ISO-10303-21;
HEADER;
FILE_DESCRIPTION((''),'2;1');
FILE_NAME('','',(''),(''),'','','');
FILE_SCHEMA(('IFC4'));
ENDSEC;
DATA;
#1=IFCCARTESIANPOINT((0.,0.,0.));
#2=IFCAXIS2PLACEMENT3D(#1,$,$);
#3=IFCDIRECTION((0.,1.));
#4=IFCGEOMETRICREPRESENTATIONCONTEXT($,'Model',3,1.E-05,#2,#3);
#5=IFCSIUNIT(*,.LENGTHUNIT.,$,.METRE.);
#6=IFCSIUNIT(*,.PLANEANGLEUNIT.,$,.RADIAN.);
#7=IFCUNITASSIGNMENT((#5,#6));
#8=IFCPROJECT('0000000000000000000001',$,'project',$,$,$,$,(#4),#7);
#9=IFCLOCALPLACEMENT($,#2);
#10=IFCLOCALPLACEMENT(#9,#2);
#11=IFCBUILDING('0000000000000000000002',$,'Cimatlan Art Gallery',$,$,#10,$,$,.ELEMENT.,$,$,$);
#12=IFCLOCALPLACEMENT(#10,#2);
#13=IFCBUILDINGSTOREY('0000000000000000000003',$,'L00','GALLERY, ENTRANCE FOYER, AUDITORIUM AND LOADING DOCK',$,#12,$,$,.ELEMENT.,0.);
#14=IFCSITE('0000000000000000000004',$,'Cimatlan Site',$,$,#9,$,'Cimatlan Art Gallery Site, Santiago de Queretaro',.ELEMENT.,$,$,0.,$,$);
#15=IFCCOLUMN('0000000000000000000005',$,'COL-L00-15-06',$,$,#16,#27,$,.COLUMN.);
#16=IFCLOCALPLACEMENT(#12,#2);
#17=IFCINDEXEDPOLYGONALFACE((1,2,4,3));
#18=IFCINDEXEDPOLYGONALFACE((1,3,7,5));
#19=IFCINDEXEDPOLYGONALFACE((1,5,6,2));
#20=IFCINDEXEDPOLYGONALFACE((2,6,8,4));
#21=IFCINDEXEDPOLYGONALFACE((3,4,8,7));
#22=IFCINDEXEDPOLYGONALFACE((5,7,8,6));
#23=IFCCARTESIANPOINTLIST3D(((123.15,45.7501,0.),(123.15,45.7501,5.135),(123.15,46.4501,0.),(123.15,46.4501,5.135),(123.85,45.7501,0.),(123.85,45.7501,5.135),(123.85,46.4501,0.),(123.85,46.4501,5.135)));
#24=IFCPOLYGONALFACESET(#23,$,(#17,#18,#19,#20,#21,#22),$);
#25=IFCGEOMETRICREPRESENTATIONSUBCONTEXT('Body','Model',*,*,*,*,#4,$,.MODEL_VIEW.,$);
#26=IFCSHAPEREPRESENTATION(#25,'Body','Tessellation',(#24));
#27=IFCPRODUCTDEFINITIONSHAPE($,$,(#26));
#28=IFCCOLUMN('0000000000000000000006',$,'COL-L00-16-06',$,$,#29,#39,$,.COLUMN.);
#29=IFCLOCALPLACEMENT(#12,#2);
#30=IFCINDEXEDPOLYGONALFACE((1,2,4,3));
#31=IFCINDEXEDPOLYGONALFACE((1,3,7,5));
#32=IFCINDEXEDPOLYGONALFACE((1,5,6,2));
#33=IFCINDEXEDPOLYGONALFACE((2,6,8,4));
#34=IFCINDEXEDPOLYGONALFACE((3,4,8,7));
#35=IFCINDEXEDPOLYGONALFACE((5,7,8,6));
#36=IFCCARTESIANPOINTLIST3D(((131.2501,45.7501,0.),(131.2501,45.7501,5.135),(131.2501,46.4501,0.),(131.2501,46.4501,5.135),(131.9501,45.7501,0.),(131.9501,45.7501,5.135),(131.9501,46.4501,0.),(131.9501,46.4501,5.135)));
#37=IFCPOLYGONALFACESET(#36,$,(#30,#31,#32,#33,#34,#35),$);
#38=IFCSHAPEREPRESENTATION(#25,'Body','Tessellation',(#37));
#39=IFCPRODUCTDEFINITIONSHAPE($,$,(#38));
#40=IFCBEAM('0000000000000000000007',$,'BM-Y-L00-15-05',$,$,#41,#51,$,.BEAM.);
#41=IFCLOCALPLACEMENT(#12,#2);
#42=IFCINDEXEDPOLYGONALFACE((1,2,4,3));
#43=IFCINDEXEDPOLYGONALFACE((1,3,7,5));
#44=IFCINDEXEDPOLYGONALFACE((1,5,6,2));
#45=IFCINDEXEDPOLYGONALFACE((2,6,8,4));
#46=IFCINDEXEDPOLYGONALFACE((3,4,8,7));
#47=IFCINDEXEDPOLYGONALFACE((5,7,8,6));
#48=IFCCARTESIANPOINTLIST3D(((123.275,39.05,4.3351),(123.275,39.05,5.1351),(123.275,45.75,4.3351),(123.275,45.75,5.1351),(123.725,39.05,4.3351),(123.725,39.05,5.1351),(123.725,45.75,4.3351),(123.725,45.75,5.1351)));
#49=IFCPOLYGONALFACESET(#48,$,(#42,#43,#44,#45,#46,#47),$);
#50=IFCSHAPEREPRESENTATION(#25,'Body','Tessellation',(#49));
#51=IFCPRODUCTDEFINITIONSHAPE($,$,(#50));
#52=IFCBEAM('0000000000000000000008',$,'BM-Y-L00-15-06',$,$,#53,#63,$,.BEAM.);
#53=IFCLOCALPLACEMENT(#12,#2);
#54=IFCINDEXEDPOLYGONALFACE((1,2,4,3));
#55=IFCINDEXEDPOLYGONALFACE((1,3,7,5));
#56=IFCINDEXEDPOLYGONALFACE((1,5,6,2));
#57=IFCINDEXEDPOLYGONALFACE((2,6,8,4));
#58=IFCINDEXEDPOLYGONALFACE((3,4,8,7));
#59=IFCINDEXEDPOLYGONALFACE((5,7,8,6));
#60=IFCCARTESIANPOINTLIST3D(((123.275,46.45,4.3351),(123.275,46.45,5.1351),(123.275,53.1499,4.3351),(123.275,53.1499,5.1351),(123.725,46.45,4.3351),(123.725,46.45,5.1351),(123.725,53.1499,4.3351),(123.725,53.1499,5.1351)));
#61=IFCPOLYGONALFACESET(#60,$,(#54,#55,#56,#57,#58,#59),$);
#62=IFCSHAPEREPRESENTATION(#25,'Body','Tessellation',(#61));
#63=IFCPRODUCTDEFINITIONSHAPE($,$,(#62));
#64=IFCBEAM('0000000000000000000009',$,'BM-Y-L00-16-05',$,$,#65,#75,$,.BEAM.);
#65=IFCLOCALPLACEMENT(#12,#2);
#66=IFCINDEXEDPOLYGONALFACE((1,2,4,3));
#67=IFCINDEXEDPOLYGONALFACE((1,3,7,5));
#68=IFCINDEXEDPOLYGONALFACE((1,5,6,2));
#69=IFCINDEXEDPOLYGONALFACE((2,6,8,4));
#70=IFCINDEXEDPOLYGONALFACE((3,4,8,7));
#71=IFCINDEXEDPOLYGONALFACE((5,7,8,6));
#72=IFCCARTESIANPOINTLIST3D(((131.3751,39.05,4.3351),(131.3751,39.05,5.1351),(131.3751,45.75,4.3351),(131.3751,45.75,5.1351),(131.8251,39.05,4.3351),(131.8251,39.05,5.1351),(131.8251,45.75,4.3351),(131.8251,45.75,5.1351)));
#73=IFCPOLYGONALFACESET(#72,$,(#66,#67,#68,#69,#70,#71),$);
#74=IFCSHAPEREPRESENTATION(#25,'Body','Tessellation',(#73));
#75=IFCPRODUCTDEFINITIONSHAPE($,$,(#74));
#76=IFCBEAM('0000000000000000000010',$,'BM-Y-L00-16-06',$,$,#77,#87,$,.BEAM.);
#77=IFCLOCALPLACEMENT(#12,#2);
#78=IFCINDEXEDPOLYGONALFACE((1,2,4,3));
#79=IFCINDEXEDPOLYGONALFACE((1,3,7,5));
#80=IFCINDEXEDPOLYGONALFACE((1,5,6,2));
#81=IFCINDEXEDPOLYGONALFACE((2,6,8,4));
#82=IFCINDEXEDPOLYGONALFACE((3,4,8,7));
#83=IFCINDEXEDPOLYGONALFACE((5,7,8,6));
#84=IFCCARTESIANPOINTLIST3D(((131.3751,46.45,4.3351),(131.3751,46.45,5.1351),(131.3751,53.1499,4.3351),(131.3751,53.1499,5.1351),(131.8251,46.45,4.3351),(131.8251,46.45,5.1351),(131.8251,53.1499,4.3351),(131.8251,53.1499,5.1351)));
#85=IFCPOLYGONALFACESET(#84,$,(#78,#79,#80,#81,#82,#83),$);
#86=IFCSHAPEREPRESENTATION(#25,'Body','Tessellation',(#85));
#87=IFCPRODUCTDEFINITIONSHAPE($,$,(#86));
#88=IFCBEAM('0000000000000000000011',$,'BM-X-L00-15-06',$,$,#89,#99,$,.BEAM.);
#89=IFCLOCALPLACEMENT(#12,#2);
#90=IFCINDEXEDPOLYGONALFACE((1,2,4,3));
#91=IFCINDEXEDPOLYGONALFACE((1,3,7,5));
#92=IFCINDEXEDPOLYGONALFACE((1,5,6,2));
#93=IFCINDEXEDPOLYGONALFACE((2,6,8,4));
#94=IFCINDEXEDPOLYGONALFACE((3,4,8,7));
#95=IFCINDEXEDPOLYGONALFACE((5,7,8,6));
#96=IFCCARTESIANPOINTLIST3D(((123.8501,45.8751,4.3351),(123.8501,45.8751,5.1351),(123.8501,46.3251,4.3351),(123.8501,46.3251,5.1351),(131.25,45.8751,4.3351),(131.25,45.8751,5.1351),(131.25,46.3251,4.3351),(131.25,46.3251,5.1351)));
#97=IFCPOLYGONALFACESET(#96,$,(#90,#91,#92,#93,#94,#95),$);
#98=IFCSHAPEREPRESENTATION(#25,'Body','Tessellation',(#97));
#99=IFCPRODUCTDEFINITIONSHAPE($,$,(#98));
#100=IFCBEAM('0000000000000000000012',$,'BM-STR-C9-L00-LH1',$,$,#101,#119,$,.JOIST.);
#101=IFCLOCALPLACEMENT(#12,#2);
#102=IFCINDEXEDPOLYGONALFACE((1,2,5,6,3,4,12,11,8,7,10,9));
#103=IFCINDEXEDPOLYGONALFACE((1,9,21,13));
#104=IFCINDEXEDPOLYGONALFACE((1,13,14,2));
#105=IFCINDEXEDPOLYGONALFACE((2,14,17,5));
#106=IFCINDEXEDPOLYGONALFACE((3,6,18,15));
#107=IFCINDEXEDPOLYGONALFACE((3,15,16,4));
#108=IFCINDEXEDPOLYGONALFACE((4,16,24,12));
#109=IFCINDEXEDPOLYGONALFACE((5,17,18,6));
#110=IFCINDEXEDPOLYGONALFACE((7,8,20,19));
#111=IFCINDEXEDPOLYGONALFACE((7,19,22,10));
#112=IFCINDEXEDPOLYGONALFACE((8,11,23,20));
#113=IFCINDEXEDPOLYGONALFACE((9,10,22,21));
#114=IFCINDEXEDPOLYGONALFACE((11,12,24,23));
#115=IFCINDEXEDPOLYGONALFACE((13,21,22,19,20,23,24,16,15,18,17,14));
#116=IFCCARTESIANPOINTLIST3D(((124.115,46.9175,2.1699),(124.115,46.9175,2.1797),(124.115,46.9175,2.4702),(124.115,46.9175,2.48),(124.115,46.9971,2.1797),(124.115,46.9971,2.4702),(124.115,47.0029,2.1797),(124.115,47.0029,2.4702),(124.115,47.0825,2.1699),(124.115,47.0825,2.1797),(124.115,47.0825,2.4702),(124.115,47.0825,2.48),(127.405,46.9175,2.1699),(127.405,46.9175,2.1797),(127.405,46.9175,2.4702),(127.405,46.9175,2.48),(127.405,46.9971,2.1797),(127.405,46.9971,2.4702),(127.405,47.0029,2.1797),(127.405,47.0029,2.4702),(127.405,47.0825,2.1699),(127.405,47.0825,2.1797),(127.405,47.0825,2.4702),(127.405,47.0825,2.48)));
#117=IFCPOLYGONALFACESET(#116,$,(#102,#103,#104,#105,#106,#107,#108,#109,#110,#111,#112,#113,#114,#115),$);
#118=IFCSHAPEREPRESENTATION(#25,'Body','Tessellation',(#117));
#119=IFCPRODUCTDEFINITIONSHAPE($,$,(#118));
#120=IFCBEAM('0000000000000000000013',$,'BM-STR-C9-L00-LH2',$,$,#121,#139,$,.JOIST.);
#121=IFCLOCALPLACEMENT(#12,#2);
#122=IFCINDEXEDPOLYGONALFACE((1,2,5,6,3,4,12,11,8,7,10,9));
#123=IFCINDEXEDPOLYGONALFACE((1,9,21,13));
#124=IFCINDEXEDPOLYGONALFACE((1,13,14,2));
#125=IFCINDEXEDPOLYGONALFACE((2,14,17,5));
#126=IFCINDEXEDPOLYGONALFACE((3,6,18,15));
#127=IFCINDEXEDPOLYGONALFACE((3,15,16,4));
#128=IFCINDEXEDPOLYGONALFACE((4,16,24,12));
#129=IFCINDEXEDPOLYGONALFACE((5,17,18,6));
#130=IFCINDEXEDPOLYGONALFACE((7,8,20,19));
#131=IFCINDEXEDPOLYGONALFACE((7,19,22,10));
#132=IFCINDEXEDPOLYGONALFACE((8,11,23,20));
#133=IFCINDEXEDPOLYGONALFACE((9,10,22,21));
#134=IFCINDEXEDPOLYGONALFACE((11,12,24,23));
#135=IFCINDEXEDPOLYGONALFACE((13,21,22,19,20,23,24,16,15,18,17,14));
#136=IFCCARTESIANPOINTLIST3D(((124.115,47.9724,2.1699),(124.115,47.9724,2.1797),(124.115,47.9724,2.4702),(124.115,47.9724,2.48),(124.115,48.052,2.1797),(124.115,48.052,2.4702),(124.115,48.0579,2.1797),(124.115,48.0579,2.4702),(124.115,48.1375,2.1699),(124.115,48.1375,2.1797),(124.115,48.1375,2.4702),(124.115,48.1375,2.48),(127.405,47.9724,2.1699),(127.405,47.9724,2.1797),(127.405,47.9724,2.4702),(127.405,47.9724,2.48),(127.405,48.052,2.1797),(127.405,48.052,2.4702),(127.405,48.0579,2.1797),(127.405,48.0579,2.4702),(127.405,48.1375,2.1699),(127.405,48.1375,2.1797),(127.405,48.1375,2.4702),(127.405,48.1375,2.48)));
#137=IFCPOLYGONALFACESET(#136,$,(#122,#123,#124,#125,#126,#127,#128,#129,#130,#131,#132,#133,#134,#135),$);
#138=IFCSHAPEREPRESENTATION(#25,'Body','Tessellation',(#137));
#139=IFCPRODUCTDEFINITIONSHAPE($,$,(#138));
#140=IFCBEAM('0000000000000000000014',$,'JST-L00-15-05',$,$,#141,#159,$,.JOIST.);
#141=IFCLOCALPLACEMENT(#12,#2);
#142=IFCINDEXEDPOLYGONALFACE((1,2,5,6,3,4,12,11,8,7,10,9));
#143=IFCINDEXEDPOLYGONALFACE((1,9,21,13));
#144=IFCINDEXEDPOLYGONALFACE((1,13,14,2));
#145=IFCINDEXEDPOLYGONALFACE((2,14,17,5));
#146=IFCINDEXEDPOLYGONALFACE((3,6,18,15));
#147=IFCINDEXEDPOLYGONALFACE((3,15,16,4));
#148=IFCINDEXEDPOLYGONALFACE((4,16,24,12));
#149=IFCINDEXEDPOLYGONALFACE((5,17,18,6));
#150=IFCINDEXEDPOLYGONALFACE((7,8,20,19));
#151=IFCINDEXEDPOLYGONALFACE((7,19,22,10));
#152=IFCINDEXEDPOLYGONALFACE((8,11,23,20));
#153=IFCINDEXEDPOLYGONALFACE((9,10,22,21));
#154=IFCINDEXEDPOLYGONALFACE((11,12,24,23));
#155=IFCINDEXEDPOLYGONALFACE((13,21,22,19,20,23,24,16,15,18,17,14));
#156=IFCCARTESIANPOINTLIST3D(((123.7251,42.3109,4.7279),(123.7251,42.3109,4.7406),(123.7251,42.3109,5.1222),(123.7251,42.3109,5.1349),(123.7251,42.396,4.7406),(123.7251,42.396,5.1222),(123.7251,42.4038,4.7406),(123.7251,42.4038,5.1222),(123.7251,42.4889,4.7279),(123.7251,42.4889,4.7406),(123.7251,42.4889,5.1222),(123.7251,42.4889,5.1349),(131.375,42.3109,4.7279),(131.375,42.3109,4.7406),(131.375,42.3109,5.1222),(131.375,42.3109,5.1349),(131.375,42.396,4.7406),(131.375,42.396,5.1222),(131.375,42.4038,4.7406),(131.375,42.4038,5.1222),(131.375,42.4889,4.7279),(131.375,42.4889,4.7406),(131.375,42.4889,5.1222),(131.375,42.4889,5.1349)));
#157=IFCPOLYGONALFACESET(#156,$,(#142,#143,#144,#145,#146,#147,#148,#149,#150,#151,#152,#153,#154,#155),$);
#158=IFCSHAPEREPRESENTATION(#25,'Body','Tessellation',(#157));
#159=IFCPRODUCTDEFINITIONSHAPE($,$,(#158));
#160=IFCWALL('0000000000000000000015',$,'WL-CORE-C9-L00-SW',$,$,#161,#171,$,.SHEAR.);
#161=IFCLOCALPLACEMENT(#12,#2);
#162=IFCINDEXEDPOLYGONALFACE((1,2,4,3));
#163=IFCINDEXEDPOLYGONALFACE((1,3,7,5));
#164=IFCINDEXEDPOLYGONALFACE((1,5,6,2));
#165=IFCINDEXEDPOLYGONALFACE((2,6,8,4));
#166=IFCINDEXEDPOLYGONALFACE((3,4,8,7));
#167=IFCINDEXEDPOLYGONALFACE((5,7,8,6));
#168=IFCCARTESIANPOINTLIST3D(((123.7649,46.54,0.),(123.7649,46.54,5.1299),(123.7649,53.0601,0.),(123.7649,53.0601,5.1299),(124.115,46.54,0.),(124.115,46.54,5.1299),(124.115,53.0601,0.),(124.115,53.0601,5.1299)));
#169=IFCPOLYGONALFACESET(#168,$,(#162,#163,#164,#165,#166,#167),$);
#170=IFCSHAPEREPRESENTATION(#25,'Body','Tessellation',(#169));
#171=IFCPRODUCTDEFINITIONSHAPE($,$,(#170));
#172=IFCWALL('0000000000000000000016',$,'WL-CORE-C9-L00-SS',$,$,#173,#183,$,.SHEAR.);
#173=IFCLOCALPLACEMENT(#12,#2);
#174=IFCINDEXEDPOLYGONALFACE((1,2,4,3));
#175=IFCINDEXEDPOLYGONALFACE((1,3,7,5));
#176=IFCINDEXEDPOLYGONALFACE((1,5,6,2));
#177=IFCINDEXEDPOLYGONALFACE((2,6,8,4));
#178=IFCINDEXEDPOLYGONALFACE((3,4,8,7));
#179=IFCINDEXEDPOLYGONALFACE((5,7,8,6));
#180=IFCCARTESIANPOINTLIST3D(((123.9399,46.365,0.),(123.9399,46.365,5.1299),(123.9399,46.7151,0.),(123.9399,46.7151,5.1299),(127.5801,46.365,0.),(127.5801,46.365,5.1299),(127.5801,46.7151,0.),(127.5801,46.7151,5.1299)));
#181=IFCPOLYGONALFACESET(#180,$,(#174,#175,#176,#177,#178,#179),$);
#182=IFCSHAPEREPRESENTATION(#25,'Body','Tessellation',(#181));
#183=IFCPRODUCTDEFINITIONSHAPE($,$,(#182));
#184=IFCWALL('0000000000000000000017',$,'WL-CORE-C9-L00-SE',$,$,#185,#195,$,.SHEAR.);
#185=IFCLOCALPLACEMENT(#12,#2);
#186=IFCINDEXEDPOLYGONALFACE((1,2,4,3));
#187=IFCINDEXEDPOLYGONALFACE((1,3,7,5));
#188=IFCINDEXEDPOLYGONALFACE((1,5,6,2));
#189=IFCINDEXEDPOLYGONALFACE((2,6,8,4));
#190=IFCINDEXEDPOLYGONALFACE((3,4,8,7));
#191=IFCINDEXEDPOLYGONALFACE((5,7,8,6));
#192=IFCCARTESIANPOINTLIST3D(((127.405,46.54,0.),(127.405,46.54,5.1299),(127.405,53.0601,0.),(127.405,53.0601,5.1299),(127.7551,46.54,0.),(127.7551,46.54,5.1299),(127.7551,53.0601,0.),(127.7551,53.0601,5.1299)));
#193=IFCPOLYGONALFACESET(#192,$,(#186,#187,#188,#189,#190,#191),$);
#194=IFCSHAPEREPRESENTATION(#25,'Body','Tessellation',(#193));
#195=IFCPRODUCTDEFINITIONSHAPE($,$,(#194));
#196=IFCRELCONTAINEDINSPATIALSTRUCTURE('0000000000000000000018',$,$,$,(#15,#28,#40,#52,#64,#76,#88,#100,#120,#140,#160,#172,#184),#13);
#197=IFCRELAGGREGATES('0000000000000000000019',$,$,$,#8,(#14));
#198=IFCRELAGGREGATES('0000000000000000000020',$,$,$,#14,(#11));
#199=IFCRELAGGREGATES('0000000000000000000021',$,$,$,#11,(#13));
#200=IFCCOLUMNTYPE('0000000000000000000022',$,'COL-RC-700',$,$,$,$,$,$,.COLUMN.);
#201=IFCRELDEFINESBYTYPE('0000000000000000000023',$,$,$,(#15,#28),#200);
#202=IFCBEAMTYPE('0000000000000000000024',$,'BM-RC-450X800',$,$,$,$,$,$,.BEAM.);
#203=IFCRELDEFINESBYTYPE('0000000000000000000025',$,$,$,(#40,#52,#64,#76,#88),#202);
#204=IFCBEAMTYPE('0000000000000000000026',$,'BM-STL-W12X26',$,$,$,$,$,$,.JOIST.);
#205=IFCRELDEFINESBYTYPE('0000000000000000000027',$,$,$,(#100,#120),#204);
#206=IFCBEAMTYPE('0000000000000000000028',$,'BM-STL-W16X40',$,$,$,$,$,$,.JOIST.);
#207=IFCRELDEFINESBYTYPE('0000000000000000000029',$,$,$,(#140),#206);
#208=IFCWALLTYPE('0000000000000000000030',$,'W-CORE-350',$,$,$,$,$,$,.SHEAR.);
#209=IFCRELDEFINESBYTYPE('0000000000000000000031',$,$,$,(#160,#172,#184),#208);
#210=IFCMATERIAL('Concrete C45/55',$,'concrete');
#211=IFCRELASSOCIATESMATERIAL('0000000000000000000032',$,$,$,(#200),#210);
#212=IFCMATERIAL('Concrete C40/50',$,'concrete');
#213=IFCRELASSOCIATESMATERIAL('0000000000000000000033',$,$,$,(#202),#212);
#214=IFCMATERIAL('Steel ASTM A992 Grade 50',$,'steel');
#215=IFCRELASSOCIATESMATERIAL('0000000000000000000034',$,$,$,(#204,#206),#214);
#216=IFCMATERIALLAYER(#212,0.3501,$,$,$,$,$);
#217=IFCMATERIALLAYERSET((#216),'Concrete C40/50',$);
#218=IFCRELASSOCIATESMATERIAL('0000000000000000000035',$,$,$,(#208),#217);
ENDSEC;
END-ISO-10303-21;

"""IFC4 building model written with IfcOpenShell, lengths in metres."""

from ifc_helpers import new_model, si_unit, direction, frame, frame_2d, origin, origin_2d, place, context, subcontext, project, spatial, rectangle, i_section, extrude, material, layer, layer_set, material_profile, profile_set, type_object, element, save


model = new_model("IFC4")

# Units and contexts
model_context = context("Model", 3, precision=1e-05, world=origin(), true_north=direction((0.0, 1.0)))
body_context = subcontext(model_context, "Body", "Model", "MODEL_VIEW")
ifc_project = project(units=[si_unit("LENGTHUNIT", "METRE"), si_unit("PLANEANGLEUNIT", "RADIAN")], contexts=[model_context])

# Site, building, storey
site_placement = place(None, origin())
site = spatial("IfcSite", under=ifc_project, at=site_placement, Name="Cimatlan Site", LongName="Cimatlan Art Gallery Site, Santiago de Queretaro", CompositionType="ELEMENT", RefElevation=0.0)
building_placement = place(site_placement, origin())
building = spatial("IfcBuilding", under=site, at=building_placement, Name="Cimatlan Art Gallery", CompositionType="ELEMENT")
storey_placement = place(building_placement, origin())
storey = spatial("IfcBuildingStorey", under=building, at=storey_placement, Name="L00", Description="GALLERY, ENTRANCE FOYER, AUDITORIUM AND LOADING DOCK", CompositionType="ELEMENT", Elevation=0.0)

# Columns
ifc_material_1 = material(Name="Concrete C45/55", Category="concrete")
ifc_material_profile_1 = material_profile(ifc_material_1, rectangle(XDim=0.7, YDim=0.7, at=origin_2d()), Name="RC700X700")
ifc_profile_set_1 = profile_set([ifc_material_profile_1], Name="Concrete C45/55")
column_type = type_object("IfcColumnType", Name="COL-RC-700", PredefinedType="COLUMN", material=ifc_profile_set_1)
for number, where, z_axis, x_axis, name in (
    (1, (123.5, 46.1001, 0.0), (0.0, 0.0, 1.0), (1.0, 0.0, 0.0), "COL-L00-15-06"),
    (2, (131.6001, 46.1001, 0.0), (0.0, 0.0, 1.0), (1.0, 0.0, 0.0), "COL-L00-16-06"),
):
    element("IfcColumn", number, at=place(storey_placement, frame(where, z_axis=z_axis, x_axis=x_axis)), inside=storey, type_object=column_type, Name=name, PredefinedType="COLUMN", context=body_context, shape_type="SweptSolid", body=[
        extrude(rectangle(XDim=0.7, YDim=0.7, at=origin_2d()), origin(), (0.0, 0.0, 1.0), 5.135),
    ])

# Beams
ifc_material_2 = material(Name="Concrete C40/50", Category="concrete")
ifc_material_profile_2 = material_profile(ifc_material_2, rectangle(XDim=0.45, YDim=0.8, at=origin_2d()), Name="RC450X800")
ifc_profile_set_2 = profile_set([ifc_material_profile_2], Name="Concrete C40/50")
beam_type_1 = type_object("IfcBeamType", Name="BM-RC-450X800", PredefinedType="BEAM", material=ifc_profile_set_2)
for number, where, z_axis, x_axis, name in (
    (3, (123.5, 39.05, 4.7351), (0.0, 1.0, 0.0), (-1.0, 0.0, 0.0), "BM-Y-L00-15-05"),
    (4, (123.5, 46.45, 4.7351), (0.0, 1.0, 0.0), (-1.0, 0.0, 0.0), "BM-Y-L00-15-06"),
    (5, (131.6001, 39.05, 4.7351), (0.0, 1.0, 0.0), (-1.0, 0.0, 0.0), "BM-Y-L00-16-05"),
    (6, (131.6001, 46.45, 4.7351), (0.0, 1.0, 0.0), (-1.0, 0.0, 0.0), "BM-Y-L00-16-06"),
):
    element("IfcBeam", number, at=place(storey_placement, frame(where, z_axis=z_axis, x_axis=x_axis)), inside=storey, type_object=beam_type_1, Name=name, PredefinedType="BEAM", context=body_context, shape_type="SweptSolid", body=[
        extrude(rectangle(XDim=0.45, YDim=0.8, at=origin_2d()), origin(), (0.0, 0.0, 1.0), 6.7),
    ])
beam_1_placement = place(storey_placement, frame((123.8501, 46.1001, 4.7351), z_axis=(1.0, 0.0, 0.0), x_axis=(0.0, 1.0, 0.0)))
element("IfcBeam", 7, at=beam_1_placement, inside=storey, type_object=beam_type_1, Name="BM-X-L00-15-06", PredefinedType="BEAM", context=body_context, shape_type="SweptSolid", body=[
    extrude(rectangle(XDim=0.45, YDim=0.8, at=origin_2d()), origin(), (0.0, 0.0, 1.0), 7.3999),
])
ifc_material_3 = material(Name="Steel ASTM A992 Grade 50", Category="steel")
ifc_material_profile_3 = material_profile(ifc_material_3, i_section(OverallWidth=0.165, OverallDepth=0.3101, WebThickness=0.0059, FlangeThickness=0.0098, at=origin_2d()), Name="W12X26")
ifc_profile_set_3 = profile_set([ifc_material_profile_3], Name="Steel ASTM A992 Grade 50")
beam_type_2 = type_object("IfcBeamType", Name="BM-STL-W12X26", PredefinedType="JOIST", material=ifc_profile_set_3)
for number, where, z_axis, x_axis, name in (
    (8, (124.115, 47.0, 2.325), (1.0, 0.0, 0.0), (0.0, 1.0, 0.0), "BM-STR-C9-L00-LH1"),
    (9, (124.115, 48.0549, 2.325), (1.0, 0.0, 0.0), (0.0, 1.0, 0.0), "BM-STR-C9-L00-LH2"),
):
    element("IfcBeam", number, at=place(storey_placement, frame(where, z_axis=z_axis, x_axis=x_axis)), inside=storey, type_object=beam_type_2, Name=name, PredefinedType="JOIST", context=body_context, shape_type="SweptSolid", body=[
        extrude(i_section(OverallWidth=0.165, OverallDepth=0.3101, WebThickness=0.0059, FlangeThickness=0.0098, at=origin_2d()), origin(), (0.0, 0.0, 1.0), 3.29),
    ])
ifc_material_profile_4 = material_profile(ifc_material_3, i_section(OverallWidth=0.178, OverallDepth=0.407, WebThickness=0.0078, FlangeThickness=0.0127, at=origin_2d()), Name="W16X40")
ifc_profile_set_4 = profile_set([ifc_material_profile_4], Name="Steel ASTM A992 Grade 50")
beam_type_3 = type_object("IfcBeamType", Name="BM-STL-W16X40", PredefinedType="JOIST", material=ifc_profile_set_4)
beam_2_placement = place(storey_placement, frame((123.7251, 42.3999, 4.9314), z_axis=(1.0, 0.0, 0.0), x_axis=(0.0, 1.0, 0.0)))
element("IfcBeam", 10, at=beam_2_placement, inside=storey, type_object=beam_type_3, Name="JST-L00-15-05", PredefinedType="JOIST", context=body_context, shape_type="SweptSolid", body=[
    extrude(i_section(OverallWidth=0.178, OverallDepth=0.407, WebThickness=0.0078, FlangeThickness=0.0127, at=origin_2d()), origin(), (0.0, 0.0, 1.0), 7.6499),
])

# Walls
ifc_layer_1 = layer(ifc_material_2, 0.3501)
ifc_layer_set_1 = layer_set([ifc_layer_1], Name="Concrete C40/50")
wall_type_1 = type_object("IfcWallType", Name="W-CORE-350", PredefinedType="SHEAR", material=ifc_layer_set_1)
wall_1_placement = place(storey_placement, frame((123.9399, 46.54, 0.0), z_axis=(0.0, 0.0, 1.0), x_axis=(0.0, 1.0, 0.0)))
element("IfcWall", 11, at=wall_1_placement, inside=storey, type_object=wall_type_1, Name="WL-CORE-C9-L00-SW", PredefinedType="SHEAR", context=body_context, shape_type="SweptSolid", body=[
    extrude(rectangle(XDim=6.52, YDim=0.3501, at=frame_2d((3.26, 0.0))), origin(), (0.0, 0.0, 1.0), 5.1299),
])
wall_2_placement = place(storey_placement, frame((123.9399, 46.54, 0.0), z_axis=(0.0, 0.0, 1.0), x_axis=(1.0, 0.0, 0.0)))
element("IfcWall", 12, at=wall_2_placement, inside=storey, type_object=wall_type_1, Name="WL-CORE-C9-L00-SS", PredefinedType="SHEAR", context=body_context, shape_type="SweptSolid", body=[
    extrude(rectangle(XDim=3.6401, YDim=0.3501, at=frame_2d((1.8201, 0.0))), origin(), (0.0, 0.0, 1.0), 5.1299),
])
wall_3_placement = place(storey_placement, frame((127.5801, 46.54, 0.0), z_axis=(0.0, 0.0, 1.0), x_axis=(0.0, 1.0, 0.0)))
element("IfcWall", 13, at=wall_3_placement, inside=storey, type_object=wall_type_1, Name="WL-CORE-C9-L00-SE", PredefinedType="SHEAR", context=body_context, shape_type="SweptSolid", body=[
    extrude(rectangle(XDim=6.52, YDim=0.3501, at=frame_2d((3.26, 0.0))), origin(), (0.0, 0.0, 1.0), 5.1299),
])

save(model, "model.ifc")
